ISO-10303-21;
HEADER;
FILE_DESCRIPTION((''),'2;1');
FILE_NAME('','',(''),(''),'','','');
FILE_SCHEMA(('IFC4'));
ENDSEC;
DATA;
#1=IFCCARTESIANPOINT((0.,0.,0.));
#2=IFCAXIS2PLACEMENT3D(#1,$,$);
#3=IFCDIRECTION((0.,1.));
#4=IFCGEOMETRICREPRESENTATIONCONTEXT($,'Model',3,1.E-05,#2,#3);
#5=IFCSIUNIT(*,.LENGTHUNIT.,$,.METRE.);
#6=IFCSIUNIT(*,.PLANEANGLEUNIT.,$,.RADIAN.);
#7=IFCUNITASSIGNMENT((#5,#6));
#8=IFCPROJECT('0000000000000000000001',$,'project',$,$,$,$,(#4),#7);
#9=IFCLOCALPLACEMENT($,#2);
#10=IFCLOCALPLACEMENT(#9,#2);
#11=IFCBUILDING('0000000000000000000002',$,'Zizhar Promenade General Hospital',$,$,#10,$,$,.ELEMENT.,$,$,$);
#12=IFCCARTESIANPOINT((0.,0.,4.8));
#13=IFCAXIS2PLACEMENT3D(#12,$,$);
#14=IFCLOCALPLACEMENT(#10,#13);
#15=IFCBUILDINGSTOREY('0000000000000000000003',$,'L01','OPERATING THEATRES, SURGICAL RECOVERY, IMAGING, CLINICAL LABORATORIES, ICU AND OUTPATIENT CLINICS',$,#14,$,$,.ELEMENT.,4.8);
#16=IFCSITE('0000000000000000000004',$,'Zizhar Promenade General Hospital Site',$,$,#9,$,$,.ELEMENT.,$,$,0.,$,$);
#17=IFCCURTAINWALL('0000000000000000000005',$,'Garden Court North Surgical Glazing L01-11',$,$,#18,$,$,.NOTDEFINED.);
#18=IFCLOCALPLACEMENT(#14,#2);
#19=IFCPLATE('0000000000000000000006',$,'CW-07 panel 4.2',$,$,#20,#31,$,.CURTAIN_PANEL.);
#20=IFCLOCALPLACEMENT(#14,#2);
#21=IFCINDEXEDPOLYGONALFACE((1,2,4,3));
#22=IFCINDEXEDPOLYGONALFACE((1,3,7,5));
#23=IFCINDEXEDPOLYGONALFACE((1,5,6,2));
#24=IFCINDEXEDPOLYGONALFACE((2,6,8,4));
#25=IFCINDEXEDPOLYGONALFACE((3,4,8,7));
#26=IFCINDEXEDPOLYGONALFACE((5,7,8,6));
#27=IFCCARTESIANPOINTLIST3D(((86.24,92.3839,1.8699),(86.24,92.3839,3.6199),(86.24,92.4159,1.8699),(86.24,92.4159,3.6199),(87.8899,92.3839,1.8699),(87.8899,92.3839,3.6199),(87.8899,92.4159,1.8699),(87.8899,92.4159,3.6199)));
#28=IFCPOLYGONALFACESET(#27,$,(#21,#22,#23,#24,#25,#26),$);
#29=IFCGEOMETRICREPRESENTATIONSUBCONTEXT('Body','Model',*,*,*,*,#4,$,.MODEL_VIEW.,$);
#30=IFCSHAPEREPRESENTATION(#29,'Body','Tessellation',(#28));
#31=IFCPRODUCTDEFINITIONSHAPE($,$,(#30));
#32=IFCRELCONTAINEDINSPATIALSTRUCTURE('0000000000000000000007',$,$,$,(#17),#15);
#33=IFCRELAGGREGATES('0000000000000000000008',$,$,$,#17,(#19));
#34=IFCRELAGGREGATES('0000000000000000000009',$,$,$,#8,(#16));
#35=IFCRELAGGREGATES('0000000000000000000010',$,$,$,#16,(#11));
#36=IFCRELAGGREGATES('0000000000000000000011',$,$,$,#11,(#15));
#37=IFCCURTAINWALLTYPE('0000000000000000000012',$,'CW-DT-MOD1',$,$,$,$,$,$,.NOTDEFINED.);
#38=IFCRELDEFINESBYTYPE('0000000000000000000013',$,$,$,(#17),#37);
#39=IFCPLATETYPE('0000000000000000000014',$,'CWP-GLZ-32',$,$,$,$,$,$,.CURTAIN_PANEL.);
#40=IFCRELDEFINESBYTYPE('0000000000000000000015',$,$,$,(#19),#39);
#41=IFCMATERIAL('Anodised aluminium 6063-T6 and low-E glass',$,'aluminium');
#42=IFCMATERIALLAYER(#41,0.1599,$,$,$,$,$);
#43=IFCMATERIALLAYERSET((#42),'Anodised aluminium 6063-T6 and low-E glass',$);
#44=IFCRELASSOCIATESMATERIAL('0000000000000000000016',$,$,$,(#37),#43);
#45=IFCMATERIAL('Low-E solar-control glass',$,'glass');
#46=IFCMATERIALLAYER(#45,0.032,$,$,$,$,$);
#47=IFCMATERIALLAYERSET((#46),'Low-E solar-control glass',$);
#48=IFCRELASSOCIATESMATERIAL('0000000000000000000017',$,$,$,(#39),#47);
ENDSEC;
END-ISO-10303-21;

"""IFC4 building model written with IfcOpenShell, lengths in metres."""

from ifc_helpers import new_model, si_unit, direction, frame, origin, origin_2d, place, context, subcontext, project, spatial, rectangle, extrude, material, layer, layer_set, type_object, element, aggregate, save


model = new_model("IFC4")

# Units and contexts
model_context = context("Model", 3, precision=1e-05, world=origin(), true_north=direction((0.0, 1.0)))
body_context = subcontext(model_context, "Body", "Model", "MODEL_VIEW")
ifc_project = project(units=[si_unit("LENGTHUNIT", "METRE"), si_unit("PLANEANGLEUNIT", "RADIAN")], contexts=[model_context])

# Site, building, storey
site_placement = place(None, origin())
site = spatial("IfcSite", under=ifc_project, at=site_placement, Name="Zizhar Promenade General Hospital Site", CompositionType="ELEMENT", RefElevation=0.0)
building_placement = place(site_placement, origin())
building = spatial("IfcBuilding", under=site, at=building_placement, Name="Zizhar Promenade General Hospital", CompositionType="ELEMENT")
storey_placement = place(building_placement, frame((0.0, 0.0, 4.8)))
storey = spatial("IfcBuildingStorey", under=building, at=storey_placement, Name="L01", Description="OPERATING THEATRES, SURGICAL RECOVERY, IMAGING, CLINICAL LABORATORIES, ICU AND OUTPATIENT CLINICS", CompositionType="ELEMENT", Elevation=4.8)

# Curtain wall
ifc_material_1 = material(Name="Anodised aluminium 6063-T6 and low-E glass", Category="aluminium")
ifc_layer_1 = layer(ifc_material_1, 0.1599)
ifc_layer_set_1 = layer_set([ifc_layer_1], Name="Anodised aluminium 6063-T6 and low-E glass")
curtain_wall_type = type_object("IfcCurtainWallType", Name="CW-DT-MOD1", PredefinedType="NOTDEFINED", material=ifc_layer_set_1)
curtain_wall_1_placement = place(storey_placement, origin())
curtain_wall_1 = element("IfcCurtainWall", 1, at=curtain_wall_1_placement, inside=storey, type_object=curtain_wall_type, Name="Garden Court North Surgical Glazing L01-11", PredefinedType="NOTDEFINED")

# Plate
ifc_material_2 = material(Name="Low-E solar-control glass", Category="glass")
ifc_layer_2 = layer(ifc_material_2, 0.032)
ifc_layer_set_2 = layer_set([ifc_layer_2], Name="Low-E solar-control glass")
plate_type = type_object("IfcPlateType", Name="CWP-GLZ-32", PredefinedType="CURTAIN_PANEL", material=ifc_layer_set_2)
plate_1_placement = place(storey_placement, frame((87.0649, 92.3999, 1.8699), z_axis=(0.0, 0.0, 1.0), x_axis=(-1.0, 0.0, 0.0)))
plate_1 = element("IfcPlate", 2, at=plate_1_placement, type_object=plate_type, Name="CW-07 panel 4.2", PredefinedType="CURTAIN_PANEL", context=body_context, shape_type="SweptSolid", body=[
    extrude(rectangle(XDim=1.6499, YDim=0.032, at=origin_2d()), origin(), (0.0, 0.0, 1.0), 1.75),
])
aggregate(curtain_wall_1, [plate_1])

save(model, "model.ifc")
